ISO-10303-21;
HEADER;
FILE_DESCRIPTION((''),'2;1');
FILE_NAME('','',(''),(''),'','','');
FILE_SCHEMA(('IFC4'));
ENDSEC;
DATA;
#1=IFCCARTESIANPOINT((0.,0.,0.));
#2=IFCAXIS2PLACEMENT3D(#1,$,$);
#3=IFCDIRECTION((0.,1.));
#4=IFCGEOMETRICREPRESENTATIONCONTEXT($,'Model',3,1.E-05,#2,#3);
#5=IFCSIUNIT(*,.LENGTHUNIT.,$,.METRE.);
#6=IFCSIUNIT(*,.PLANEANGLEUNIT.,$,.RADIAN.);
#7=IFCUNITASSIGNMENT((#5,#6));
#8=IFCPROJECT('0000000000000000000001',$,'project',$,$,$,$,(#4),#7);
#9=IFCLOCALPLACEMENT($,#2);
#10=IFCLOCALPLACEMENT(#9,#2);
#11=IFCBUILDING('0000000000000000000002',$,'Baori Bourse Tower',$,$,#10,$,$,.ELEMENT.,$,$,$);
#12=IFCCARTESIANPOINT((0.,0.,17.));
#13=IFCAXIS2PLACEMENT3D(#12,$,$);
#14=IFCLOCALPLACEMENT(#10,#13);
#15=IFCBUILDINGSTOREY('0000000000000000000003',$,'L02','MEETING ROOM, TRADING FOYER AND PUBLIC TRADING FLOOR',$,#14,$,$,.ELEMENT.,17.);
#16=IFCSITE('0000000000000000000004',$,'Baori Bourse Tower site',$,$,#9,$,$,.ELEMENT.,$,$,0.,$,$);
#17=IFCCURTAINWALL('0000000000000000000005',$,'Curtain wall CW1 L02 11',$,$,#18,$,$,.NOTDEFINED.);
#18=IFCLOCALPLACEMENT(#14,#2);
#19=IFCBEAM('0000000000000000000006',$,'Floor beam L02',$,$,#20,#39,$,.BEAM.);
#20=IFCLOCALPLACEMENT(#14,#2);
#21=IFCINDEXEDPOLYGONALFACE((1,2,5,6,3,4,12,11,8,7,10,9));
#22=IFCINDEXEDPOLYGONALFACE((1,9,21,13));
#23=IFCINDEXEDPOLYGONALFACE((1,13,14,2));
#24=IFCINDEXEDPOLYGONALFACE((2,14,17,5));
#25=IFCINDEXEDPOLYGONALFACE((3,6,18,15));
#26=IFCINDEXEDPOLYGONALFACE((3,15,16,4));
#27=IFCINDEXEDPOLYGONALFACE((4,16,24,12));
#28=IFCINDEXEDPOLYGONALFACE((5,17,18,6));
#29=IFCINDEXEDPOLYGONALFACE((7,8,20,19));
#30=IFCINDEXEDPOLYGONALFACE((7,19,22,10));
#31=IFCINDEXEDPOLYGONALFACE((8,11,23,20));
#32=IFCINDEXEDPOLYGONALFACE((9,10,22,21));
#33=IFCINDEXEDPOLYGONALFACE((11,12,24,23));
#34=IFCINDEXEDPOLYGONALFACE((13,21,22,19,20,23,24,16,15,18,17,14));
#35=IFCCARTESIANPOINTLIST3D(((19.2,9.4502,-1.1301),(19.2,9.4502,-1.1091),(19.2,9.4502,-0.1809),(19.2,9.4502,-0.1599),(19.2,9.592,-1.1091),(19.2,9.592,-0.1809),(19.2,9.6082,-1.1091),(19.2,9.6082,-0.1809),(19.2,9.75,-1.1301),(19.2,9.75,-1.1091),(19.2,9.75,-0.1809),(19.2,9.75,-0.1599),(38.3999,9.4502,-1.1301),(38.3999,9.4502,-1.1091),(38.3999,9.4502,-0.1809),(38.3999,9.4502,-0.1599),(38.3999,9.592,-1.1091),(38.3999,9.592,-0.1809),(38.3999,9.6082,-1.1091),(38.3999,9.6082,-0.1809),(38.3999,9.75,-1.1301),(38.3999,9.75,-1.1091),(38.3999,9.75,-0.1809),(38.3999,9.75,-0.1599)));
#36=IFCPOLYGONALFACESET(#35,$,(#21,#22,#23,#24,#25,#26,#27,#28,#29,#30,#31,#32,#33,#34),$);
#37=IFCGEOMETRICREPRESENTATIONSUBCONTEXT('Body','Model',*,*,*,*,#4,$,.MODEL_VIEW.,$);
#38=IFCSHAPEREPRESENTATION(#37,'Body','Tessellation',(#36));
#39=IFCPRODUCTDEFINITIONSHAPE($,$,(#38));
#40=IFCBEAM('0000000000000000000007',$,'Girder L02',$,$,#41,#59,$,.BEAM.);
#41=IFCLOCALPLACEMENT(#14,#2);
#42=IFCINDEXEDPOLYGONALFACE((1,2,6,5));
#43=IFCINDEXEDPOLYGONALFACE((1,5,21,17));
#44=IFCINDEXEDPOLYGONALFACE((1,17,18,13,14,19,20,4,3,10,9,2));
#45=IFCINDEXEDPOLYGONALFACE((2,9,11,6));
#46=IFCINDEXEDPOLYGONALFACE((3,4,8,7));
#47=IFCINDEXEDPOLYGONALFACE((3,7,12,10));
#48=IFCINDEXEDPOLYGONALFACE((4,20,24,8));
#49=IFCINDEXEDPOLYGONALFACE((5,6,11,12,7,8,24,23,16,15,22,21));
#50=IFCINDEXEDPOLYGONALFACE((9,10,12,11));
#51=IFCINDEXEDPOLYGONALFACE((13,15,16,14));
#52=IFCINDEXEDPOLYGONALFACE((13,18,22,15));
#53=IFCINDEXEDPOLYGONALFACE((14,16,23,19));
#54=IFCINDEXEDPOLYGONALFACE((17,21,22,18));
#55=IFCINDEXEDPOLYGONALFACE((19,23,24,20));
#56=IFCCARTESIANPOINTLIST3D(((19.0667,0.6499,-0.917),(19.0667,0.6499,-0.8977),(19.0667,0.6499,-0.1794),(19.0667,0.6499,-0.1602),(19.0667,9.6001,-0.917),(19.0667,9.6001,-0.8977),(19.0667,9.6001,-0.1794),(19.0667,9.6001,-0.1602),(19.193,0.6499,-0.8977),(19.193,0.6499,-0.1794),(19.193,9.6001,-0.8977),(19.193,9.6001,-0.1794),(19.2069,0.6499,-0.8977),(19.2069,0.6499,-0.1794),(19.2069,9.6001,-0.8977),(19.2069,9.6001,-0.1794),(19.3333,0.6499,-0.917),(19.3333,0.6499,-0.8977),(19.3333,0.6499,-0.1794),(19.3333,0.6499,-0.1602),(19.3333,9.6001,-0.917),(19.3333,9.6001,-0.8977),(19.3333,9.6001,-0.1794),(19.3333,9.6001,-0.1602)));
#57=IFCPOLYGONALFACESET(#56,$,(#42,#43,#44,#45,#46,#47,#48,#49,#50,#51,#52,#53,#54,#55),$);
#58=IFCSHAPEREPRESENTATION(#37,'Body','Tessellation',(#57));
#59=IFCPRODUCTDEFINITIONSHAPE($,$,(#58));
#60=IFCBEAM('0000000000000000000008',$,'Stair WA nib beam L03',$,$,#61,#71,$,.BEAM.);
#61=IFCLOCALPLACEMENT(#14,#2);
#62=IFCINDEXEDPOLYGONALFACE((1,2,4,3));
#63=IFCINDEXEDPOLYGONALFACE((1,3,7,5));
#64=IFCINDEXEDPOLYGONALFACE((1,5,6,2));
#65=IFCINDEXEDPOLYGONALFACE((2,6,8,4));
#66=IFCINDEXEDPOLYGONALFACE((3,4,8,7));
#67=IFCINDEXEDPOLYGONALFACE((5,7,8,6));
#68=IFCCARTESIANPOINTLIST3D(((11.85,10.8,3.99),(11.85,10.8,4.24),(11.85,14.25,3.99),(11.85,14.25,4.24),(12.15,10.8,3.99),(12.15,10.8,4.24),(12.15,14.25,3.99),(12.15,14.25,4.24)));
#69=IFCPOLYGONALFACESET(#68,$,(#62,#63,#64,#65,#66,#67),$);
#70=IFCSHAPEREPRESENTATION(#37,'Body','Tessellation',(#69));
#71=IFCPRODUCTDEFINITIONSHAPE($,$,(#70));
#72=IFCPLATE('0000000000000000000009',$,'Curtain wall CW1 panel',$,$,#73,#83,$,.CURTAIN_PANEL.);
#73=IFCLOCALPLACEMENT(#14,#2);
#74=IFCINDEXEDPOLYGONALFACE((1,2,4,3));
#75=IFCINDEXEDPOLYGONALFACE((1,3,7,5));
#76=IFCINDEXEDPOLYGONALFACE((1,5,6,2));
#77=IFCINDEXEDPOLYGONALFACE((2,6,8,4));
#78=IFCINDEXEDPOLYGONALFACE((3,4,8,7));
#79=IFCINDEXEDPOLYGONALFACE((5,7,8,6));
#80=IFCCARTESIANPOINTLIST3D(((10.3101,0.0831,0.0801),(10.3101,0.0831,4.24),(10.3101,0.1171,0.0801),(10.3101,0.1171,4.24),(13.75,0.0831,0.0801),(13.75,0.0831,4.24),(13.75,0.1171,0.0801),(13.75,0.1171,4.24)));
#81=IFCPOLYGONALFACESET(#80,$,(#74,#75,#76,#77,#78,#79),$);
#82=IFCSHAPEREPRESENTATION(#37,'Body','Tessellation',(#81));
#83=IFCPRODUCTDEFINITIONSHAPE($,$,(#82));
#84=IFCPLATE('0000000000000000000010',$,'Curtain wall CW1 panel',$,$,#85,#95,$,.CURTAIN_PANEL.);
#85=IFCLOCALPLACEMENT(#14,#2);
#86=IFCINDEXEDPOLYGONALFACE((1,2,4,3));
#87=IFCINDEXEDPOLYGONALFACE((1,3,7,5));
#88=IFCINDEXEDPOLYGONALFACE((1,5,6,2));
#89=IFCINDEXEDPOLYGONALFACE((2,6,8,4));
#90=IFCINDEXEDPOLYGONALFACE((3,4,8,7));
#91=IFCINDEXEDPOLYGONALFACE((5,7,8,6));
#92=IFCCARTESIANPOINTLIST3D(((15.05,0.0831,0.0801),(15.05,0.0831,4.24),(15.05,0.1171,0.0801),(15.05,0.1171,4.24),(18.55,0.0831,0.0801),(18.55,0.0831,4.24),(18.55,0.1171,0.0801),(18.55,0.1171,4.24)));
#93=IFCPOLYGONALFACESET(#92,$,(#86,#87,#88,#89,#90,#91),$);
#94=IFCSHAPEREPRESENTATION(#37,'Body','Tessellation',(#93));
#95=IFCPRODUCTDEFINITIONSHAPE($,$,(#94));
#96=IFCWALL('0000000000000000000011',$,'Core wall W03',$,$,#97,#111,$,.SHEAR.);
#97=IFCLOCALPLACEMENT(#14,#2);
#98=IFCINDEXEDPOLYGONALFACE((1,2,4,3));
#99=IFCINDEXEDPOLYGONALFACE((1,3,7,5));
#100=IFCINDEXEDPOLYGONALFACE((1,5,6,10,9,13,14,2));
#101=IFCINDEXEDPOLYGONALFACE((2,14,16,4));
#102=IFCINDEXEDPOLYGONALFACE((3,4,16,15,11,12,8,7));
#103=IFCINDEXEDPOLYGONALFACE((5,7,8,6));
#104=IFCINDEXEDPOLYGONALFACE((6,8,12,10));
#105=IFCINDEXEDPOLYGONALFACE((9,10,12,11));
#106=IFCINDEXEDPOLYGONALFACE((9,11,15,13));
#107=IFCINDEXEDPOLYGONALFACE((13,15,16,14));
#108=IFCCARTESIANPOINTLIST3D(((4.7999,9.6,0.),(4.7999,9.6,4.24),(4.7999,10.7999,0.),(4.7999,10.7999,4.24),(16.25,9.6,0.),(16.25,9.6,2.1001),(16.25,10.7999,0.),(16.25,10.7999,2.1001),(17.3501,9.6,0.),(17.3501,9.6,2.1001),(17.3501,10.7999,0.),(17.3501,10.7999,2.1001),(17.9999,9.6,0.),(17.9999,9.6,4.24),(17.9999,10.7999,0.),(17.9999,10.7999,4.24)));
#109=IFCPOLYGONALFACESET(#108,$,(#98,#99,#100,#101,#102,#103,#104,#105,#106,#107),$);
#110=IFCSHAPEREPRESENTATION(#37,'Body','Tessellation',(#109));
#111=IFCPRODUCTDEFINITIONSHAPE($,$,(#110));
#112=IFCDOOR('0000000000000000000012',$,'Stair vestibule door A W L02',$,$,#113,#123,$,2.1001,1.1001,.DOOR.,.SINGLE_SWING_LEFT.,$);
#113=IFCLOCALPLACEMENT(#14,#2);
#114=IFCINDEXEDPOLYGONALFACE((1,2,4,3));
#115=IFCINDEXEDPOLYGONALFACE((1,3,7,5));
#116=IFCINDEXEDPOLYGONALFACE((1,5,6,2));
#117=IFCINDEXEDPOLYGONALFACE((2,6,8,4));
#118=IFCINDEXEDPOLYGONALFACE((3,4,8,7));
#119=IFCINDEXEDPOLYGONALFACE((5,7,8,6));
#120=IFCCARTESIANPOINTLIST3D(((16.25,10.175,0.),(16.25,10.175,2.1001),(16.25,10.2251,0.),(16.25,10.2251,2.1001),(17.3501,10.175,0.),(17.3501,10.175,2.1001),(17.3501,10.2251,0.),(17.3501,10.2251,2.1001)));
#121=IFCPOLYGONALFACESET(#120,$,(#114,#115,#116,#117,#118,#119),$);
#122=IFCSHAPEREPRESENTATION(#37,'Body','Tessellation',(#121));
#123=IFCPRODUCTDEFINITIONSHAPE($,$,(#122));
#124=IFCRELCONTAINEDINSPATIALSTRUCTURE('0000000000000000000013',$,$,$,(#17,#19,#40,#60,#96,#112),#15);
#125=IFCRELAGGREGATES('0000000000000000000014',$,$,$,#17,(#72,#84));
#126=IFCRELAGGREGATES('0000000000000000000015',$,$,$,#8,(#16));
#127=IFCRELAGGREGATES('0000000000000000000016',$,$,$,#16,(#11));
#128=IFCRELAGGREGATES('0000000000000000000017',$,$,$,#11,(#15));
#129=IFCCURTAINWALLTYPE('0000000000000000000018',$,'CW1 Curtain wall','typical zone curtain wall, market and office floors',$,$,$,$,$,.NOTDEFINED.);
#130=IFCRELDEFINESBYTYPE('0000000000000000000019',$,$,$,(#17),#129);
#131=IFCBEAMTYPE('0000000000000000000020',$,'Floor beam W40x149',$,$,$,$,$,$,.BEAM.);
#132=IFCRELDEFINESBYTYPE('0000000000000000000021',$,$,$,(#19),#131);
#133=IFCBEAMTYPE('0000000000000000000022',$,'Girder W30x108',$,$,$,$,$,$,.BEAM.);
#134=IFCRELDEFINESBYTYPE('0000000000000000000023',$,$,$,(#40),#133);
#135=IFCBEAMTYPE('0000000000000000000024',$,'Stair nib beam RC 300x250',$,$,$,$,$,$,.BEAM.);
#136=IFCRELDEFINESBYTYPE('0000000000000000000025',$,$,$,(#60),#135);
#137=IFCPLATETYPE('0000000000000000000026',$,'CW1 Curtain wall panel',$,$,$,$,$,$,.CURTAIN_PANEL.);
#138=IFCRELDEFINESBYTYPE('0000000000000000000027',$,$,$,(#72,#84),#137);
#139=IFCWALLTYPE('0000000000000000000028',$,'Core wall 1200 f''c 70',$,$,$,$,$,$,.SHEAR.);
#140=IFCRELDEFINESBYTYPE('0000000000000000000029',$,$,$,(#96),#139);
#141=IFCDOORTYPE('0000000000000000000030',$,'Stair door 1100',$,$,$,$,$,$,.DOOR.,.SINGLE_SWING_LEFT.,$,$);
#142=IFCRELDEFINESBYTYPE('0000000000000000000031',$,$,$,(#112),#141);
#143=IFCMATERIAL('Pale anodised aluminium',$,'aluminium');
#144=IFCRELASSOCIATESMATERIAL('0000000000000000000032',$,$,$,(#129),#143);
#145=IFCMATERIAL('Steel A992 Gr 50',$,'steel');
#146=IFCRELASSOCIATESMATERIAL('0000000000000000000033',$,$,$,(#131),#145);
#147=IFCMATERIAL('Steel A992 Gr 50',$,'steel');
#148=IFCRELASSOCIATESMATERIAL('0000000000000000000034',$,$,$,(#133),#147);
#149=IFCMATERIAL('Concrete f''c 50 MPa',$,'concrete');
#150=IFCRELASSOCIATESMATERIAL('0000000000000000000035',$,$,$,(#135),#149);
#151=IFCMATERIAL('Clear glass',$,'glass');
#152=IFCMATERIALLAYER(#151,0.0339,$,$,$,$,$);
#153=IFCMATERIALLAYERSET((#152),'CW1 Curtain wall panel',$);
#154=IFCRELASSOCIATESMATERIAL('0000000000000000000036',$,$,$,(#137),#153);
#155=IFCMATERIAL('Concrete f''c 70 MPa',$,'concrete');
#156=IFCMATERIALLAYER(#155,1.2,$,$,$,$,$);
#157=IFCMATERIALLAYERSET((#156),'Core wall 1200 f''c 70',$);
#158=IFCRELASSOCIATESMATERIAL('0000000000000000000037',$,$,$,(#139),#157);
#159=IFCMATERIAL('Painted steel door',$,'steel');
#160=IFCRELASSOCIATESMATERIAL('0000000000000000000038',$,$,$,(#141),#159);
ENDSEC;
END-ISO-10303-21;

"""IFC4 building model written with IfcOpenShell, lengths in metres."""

from ifc_helpers import new_model, si_unit, direction, frame, frame_2d, origin, origin_2d, place, context, subcontext, project, spatial, rectangle, i_section, extrude, material, layer, layer_set, material_profile, profile_set, type_object, element, fill, aggregate, save


model = new_model("IFC4")

# Units and contexts
model_context = context("Model", 3, precision=1e-05, world=origin(), true_north=direction((0.0, 1.0)))
body_context = subcontext(model_context, "Body", "Model", "MODEL_VIEW")
ifc_project = project(units=[si_unit("LENGTHUNIT", "METRE"), si_unit("PLANEANGLEUNIT", "RADIAN")], contexts=[model_context])

# Site, building, storey
site_placement = place(None, origin())
site = spatial("IfcSite", under=ifc_project, at=site_placement, Name="Baori Bourse Tower site", CompositionType="ELEMENT", RefElevation=0.0)
building_placement = place(site_placement, origin())
building = spatial("IfcBuilding", under=site, at=building_placement, Name="Baori Bourse Tower", CompositionType="ELEMENT")
storey_placement = place(building_placement, frame((0.0, 0.0, 17.0)))
storey = spatial("IfcBuildingStorey", under=building, at=storey_placement, Name="L02", Description="MEETING ROOM, TRADING FOYER AND PUBLIC TRADING FLOOR", CompositionType="ELEMENT", Elevation=17.0)

# Curtain wall
ifc_material_1 = material(Name="Pale anodised aluminium", Category="aluminium")
curtain_wall_type = type_object("IfcCurtainWallType", Name="CW1 Curtain wall", Description="typical zone curtain wall, market and office floors", PredefinedType="NOTDEFINED", material=ifc_material_1)
curtain_wall_placement = place(storey_placement, origin())
curtain_wall = element("IfcCurtainWall", 1, at=curtain_wall_placement, inside=storey, type_object=curtain_wall_type, Name="Curtain wall CW1 L02 11", PredefinedType="NOTDEFINED")

# Beams
ifc_material_2 = material(Name="Steel A992 Gr 50", Category="steel")
ifc_material_profile_1 = material_profile(ifc_material_2, i_section(OverallWidth=0.2998, OverallDepth=0.9702, WebThickness=0.0161, FlangeThickness=0.021, at=origin_2d()), Name="W40x149")
ifc_profile_set_1 = profile_set([ifc_material_profile_1], Name="Steel A992 Gr 50")
beam_type_1 = type_object("IfcBeamType", Name="Floor beam W40x149", PredefinedType="BEAM", material=ifc_profile_set_1)
beam_1_placement = place(storey_placement, frame((19.2, 9.6001, -0.645), z_axis=(1.0, 0.0, 0.0), x_axis=(0.0, 1.0, 0.0)))
element("IfcBeam", 2, at=beam_1_placement, inside=storey, type_object=beam_type_1, Name="Floor beam L02", PredefinedType="BEAM", context=body_context, shape_type="SweptSolid", body=[
    extrude(i_section(OverallWidth=0.2998, OverallDepth=0.9702, WebThickness=0.0161, FlangeThickness=0.021, at=origin_2d()), origin(), (0.0, 0.0, 1.0), 19.2),
])
ifc_material_3 = material(Name="Steel A992 Gr 50", Category="steel")
ifc_material_profile_2 = material_profile(ifc_material_3, i_section(OverallWidth=0.2666, OverallDepth=0.7568, WebThickness=0.0139, FlangeThickness=0.0193, at=origin_2d()), Name="W30x108")
ifc_profile_set_2 = profile_set([ifc_material_profile_2], Name="Steel A992 Gr 50")
beam_type_2 = type_object("IfcBeamType", Name="Girder W30x108", PredefinedType="BEAM", material=ifc_profile_set_2)
beam_2_placement = place(storey_placement, frame((19.2, 0.6499, -0.5386), z_axis=(0.0, 1.0, 0.0), x_axis=(-1.0, 0.0, 0.0)))
element("IfcBeam", 3, at=beam_2_placement, inside=storey, type_object=beam_type_2, Name="Girder L02", PredefinedType="BEAM", context=body_context, shape_type="SweptSolid", body=[
    extrude(i_section(OverallWidth=0.2666, OverallDepth=0.7568, WebThickness=0.0139, FlangeThickness=0.0193, at=origin_2d()), origin(), (0.0, 0.0, 1.0), 8.9502),
])
ifc_material_4 = material(Name="Concrete f'c 50 MPa", Category="concrete")
ifc_material_profile_3 = material_profile(ifc_material_4, rectangle(XDim=0.3, YDim=0.25, at=origin_2d()), Name="RC 300x250")
ifc_profile_set_3 = profile_set([ifc_material_profile_3], Name="Concrete f'c 50 MPa")
beam_type_3 = type_object("IfcBeamType", Name="Stair nib beam RC 300x250", PredefinedType="BEAM", material=ifc_profile_set_3)
beam_3_placement = place(storey_placement, frame((12.0, 10.8, 4.115), z_axis=(0.0, 1.0, 0.0), x_axis=(-1.0, 0.0, 0.0)))
element("IfcBeam", 4, at=beam_3_placement, inside=storey, type_object=beam_type_3, Name="Stair WA nib beam L03", PredefinedType="BEAM", context=body_context, shape_type="SweptSolid", body=[
    extrude(rectangle(XDim=0.3, YDim=0.25, at=origin_2d()), origin(), (0.0, 0.0, 1.0), 3.45),
])

# Plates
ifc_material_5 = material(Name="Clear glass", Category="glass")
ifc_layer_1 = layer(ifc_material_5, 0.0339)
ifc_layer_set_1 = layer_set([ifc_layer_1], Name="CW1 Curtain wall panel")
plate_type = type_object("IfcPlateType", Name="CW1 Curtain wall panel", PredefinedType="CURTAIN_PANEL", material=ifc_layer_set_1)
plate_1_placement = place(storey_placement, frame((12.03, 0.1001, 0.0801), z_axis=(0.0, 0.0, 1.0), x_axis=(1.0, 0.0, 0.0)))
plate_1 = element("IfcPlate", 5, at=plate_1_placement, type_object=plate_type, Name="Curtain wall CW1 panel", PredefinedType="CURTAIN_PANEL", context=body_context, shape_type="SweptSolid", body=[
    extrude(rectangle(XDim=3.4399, YDim=0.0339, at=origin_2d()), origin(), (0.0, 0.0, 1.0), 4.1599),
])
plate_2_placement = place(storey_placement, frame((16.8, 0.1001, 0.0801), z_axis=(0.0, 0.0, 1.0), x_axis=(1.0, 0.0, 0.0)))
plate_2 = element("IfcPlate", 6, at=plate_2_placement, type_object=plate_type, Name="Curtain wall CW1 panel", PredefinedType="CURTAIN_PANEL", context=body_context, shape_type="SweptSolid", body=[
    extrude(rectangle(XDim=3.5, YDim=0.0339, at=origin_2d()), origin(), (0.0, 0.0, 1.0), 4.1599),
])
aggregate(curtain_wall, [plate_1, plate_2])

# Wall, opening, door
ifc_material_6 = material(Name="Concrete f'c 70 MPa", Category="concrete")
ifc_layer_2 = layer(ifc_material_6, 1.2)
ifc_layer_set_2 = layer_set([ifc_layer_2], Name="Core wall 1200 f'c 70")
wall_type_1 = type_object("IfcWallType", Name="Core wall 1200 f'c 70", PredefinedType="SHEAR", material=ifc_layer_set_2)
wall_1_placement = place(storey_placement, frame((18.0, 10.2, 0.0), z_axis=(0.0, 0.0, 1.0), x_axis=(-1.0, 0.0, 0.0)))
wall_1 = element("IfcWall", 7, at=wall_1_placement, inside=storey, type_object=wall_type_1, Name="Core wall W03", PredefinedType="SHEAR", context=body_context, shape_type="SweptSolid", body=[
    extrude(rectangle(XDim=13.2, YDim=1.2, at=frame_2d((6.6001, 0.0))), origin(), (0.0, 0.0, 1.0), 4.24),
])
opening_1_placement = place(wall_1_placement, frame((0.6499, 0.0, 0.0)))
opening_1 = element("IfcOpeningElement", 8, at=opening_1_placement, cuts=wall_1, PredefinedType="OPENING", context=body_context, shape_type="SweptSolid", body=[
    extrude(rectangle(XDim=1.1001, YDim=2.1001, at=frame_2d((0.55, 1.05))), frame((0.0, 0.6099, 0.0), z_axis=(0.0, -1.0, 0.0), x_axis=(1.0, 0.0, 0.0)), (0.0, 0.0, 1.0), 1.22),
])
ifc_material_7 = material(Name="Painted steel door", Category="steel")
door_type_1 = type_object("IfcDoorType", Name="Stair door 1100", OperationType="SINGLE_SWING_LEFT", PredefinedType="DOOR", material=ifc_material_7)
door_1_placement = place(opening_1_placement, origin())
door_1 = element("IfcDoor", 9, at=door_1_placement, inside=storey, type_object=door_type_1, Name="Stair vestibule door A W L02", OperationType="SINGLE_SWING_LEFT", OverallHeight=2.1001, OverallWidth=1.1001, PredefinedType="DOOR", context=body_context, shape_type="SweptSolid", body=[
    extrude(rectangle(XDim=1.1001, YDim=2.1001, at=frame_2d((0.55, 1.05))), frame((0.0, 0.0249, 0.0), z_axis=(0.0, -1.0, 0.0), x_axis=(1.0, 0.0, 0.0)), (0.0, 0.0, 1.0), 0.05),
])
fill(opening_1, door_1)

save(model, "model.ifc")
